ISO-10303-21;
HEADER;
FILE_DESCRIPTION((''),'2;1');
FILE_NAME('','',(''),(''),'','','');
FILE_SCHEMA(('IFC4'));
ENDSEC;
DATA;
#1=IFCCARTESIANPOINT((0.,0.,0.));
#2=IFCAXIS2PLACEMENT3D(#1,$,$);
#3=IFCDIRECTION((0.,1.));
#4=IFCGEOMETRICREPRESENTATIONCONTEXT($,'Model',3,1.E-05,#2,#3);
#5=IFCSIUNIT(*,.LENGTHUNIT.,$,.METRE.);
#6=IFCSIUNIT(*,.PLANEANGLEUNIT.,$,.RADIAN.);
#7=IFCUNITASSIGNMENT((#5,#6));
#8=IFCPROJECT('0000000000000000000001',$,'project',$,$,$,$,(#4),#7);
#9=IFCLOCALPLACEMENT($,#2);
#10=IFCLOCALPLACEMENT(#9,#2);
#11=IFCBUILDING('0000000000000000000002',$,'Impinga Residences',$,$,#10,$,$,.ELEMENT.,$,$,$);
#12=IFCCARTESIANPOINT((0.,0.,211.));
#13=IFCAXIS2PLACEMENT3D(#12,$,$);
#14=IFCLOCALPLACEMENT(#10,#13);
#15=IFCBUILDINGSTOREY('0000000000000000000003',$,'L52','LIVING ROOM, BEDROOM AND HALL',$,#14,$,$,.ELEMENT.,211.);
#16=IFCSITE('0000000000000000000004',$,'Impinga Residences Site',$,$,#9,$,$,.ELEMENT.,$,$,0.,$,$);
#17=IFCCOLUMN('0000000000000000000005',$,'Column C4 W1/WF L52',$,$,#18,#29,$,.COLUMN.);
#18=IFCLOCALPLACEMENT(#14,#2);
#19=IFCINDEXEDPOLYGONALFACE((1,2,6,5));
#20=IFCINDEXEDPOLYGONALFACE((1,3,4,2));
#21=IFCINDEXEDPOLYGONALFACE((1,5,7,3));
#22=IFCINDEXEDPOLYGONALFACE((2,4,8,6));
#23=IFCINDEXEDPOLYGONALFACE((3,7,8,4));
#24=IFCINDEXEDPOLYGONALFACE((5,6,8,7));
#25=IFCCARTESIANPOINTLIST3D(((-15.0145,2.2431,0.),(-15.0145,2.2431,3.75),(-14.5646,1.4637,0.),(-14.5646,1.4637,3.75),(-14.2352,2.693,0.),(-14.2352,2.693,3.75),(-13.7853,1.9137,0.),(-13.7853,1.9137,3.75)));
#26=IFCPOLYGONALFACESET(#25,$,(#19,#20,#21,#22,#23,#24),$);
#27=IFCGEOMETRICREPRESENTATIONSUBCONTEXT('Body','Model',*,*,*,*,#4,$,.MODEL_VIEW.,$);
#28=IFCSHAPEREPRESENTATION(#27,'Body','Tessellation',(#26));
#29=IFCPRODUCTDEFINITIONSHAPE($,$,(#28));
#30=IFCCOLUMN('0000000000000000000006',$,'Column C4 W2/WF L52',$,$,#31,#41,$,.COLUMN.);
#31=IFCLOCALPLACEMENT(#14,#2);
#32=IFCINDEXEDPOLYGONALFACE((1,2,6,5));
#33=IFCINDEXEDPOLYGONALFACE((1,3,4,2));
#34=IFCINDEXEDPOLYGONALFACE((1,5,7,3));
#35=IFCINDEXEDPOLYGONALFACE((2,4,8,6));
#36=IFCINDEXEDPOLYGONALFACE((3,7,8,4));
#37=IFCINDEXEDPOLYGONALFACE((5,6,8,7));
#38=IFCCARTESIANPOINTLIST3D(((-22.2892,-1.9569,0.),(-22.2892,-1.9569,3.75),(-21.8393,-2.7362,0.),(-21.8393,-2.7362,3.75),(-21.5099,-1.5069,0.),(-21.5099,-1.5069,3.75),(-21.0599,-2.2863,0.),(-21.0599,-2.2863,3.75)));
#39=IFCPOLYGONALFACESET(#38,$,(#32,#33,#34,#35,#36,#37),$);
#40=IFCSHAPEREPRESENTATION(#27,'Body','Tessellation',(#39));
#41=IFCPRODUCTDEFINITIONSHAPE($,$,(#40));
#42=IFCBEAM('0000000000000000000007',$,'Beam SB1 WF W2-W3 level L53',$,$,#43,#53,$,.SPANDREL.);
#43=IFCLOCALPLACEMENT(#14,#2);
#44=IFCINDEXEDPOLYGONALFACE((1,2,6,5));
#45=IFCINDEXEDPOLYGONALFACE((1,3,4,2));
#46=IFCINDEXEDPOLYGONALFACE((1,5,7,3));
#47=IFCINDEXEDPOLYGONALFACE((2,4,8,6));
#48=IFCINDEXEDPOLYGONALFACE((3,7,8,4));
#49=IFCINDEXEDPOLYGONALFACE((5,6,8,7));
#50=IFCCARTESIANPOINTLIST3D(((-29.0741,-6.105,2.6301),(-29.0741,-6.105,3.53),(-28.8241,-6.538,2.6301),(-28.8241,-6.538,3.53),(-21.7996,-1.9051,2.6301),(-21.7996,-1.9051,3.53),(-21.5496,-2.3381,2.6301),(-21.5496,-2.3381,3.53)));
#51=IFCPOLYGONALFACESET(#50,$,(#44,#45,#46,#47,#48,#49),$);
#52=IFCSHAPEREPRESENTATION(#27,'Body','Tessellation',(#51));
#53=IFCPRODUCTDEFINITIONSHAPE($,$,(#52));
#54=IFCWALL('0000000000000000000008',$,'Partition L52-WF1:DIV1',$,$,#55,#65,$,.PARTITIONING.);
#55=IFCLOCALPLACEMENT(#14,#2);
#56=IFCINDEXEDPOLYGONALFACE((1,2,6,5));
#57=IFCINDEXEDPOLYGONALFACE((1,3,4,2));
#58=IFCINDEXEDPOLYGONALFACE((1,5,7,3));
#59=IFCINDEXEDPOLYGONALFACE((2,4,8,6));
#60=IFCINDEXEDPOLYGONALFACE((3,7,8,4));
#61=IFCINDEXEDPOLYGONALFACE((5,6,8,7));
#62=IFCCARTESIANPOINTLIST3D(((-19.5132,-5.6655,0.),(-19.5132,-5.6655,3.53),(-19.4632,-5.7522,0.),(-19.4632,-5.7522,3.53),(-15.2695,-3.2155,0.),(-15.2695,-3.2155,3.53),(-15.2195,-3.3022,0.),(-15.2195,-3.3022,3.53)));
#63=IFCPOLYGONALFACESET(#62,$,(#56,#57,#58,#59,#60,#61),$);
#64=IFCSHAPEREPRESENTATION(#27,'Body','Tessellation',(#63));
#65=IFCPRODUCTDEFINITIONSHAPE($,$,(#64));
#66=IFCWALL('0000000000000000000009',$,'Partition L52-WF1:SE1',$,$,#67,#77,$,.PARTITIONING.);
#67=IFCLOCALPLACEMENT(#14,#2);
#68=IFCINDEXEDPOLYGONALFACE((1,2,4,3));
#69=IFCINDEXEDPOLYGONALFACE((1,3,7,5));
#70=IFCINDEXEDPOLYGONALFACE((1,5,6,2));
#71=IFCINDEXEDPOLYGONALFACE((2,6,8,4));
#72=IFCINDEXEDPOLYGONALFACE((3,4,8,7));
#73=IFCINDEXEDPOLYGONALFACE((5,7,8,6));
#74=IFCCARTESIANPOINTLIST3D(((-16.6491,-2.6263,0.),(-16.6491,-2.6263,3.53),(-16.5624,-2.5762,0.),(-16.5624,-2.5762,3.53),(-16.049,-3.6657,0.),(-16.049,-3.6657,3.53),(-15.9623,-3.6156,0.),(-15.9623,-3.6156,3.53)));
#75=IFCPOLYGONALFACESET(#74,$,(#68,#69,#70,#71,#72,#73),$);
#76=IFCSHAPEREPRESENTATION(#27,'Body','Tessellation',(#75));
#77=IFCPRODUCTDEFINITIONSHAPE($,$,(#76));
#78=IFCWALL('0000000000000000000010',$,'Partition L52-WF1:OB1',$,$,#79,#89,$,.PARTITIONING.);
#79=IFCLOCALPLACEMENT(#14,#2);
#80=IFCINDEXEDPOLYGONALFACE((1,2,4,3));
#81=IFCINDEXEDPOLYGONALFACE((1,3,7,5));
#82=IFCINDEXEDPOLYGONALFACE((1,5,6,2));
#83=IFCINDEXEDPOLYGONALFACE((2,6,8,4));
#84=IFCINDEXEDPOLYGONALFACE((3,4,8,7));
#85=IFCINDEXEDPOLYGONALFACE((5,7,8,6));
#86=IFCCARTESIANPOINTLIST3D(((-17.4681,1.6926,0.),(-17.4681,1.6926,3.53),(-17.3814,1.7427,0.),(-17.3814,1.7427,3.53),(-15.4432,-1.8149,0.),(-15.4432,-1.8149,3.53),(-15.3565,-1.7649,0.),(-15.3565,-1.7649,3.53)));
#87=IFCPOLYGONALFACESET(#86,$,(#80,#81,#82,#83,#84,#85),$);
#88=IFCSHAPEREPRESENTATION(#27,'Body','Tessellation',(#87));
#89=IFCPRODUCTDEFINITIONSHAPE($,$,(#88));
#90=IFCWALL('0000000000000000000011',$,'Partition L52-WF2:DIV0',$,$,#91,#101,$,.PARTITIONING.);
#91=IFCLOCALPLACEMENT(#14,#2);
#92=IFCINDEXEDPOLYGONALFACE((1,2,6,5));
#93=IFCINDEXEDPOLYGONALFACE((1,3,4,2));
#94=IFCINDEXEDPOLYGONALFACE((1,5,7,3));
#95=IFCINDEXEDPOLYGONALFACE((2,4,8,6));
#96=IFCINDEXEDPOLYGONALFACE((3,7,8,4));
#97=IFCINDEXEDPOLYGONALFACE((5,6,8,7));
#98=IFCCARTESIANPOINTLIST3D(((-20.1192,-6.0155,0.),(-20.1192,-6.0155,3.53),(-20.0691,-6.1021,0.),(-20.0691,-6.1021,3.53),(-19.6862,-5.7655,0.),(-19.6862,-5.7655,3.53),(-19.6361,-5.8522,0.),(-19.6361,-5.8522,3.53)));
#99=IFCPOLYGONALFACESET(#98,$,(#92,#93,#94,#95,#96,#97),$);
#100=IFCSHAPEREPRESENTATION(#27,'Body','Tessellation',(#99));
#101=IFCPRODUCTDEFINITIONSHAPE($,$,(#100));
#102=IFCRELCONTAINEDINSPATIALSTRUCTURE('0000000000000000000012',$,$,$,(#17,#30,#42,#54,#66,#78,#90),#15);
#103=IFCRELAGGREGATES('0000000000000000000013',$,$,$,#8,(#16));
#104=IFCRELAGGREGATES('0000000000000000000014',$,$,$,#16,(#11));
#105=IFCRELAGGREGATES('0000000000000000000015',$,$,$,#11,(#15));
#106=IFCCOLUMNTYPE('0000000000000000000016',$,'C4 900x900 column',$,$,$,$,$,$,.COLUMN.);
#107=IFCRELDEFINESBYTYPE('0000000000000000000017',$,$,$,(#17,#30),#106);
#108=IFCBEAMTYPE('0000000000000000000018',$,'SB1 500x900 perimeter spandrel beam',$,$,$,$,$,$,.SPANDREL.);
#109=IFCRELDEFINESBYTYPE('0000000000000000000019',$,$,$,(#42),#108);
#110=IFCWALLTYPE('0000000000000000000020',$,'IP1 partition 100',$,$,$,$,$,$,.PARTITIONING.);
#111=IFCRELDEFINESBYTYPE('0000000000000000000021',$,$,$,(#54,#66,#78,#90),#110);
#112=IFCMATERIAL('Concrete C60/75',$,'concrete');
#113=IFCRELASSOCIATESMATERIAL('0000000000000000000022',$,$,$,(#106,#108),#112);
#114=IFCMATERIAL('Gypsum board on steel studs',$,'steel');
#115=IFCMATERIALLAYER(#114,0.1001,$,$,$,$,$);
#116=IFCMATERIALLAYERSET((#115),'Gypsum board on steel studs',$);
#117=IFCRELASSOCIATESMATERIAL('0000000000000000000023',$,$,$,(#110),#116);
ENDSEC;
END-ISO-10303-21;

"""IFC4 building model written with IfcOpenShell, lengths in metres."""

from ifc_helpers import new_model, si_unit, direction, frame, frame_2d, origin, origin_2d, place, context, subcontext, project, spatial, rectangle, extrude, material, layer, layer_set, material_profile, profile_set, type_object, element, save


model = new_model("IFC4")

# Units and contexts
model_context = context("Model", 3, precision=1e-05, world=origin(), true_north=direction((0.0, 1.0)))
body_context = subcontext(model_context, "Body", "Model", "MODEL_VIEW")
ifc_project = project(units=[si_unit("LENGTHUNIT", "METRE"), si_unit("PLANEANGLEUNIT", "RADIAN")], contexts=[model_context])

# Site, building, storey
site_placement = place(None, origin())
site = spatial("IfcSite", under=ifc_project, at=site_placement, Name="Impinga Residences Site", CompositionType="ELEMENT", RefElevation=0.0)
building_placement = place(site_placement, origin())
building = spatial("IfcBuilding", under=site, at=building_placement, Name="Impinga Residences", CompositionType="ELEMENT")
storey_placement = place(building_placement, frame((0.0, 0.0, 211.0)))
storey = spatial("IfcBuildingStorey", under=building, at=storey_placement, Name="L52", Description="LIVING ROOM, BEDROOM AND HALL", CompositionType="ELEMENT", Elevation=211.0)

# Columns
ifc_material_1 = material(Name="Concrete C60/75", Category="concrete")
ifc_material_profile_1 = material_profile(ifc_material_1, rectangle(XDim=0.8999, YDim=0.8999, at=origin_2d()), Name="RC 900x900")
ifc_profile_set_1 = profile_set([ifc_material_profile_1], Name="Concrete C60/75")
column_type = type_object("IfcColumnType", Name="C4 900x900 column", PredefinedType="COLUMN", material=ifc_profile_set_1)
for number, where, z_axis, x_axis, name in (
    (1, (-14.3999, 2.0784, 0.0), (0.0, 0.0, 1.0), (-0.5, 0.866025, 0.0), "Column C4 W1/WF L52"),
    (2, (-21.6746, -2.1216, 0.0), (0.0, 0.0, 1.0), (-0.5, 0.866025, 0.0), "Column C4 W2/WF L52"),
):
    element("IfcColumn", number, at=place(storey_placement, frame(where, z_axis=z_axis, x_axis=x_axis)), inside=storey, type_object=column_type, Name=name, PredefinedType="COLUMN", context=body_context, shape_type="SweptSolid", body=[
        extrude(rectangle(XDim=0.8999, YDim=0.8999, at=origin_2d()), origin(), (0.0, 0.0, 1.0), 3.75),
    ])

# Beam
ifc_material_profile_2 = material_profile(ifc_material_1, rectangle(XDim=0.5, YDim=0.8999, at=origin_2d()), Name="RC 500x900")
ifc_profile_set_2 = profile_set([ifc_material_profile_2], Name="Concrete C60/75")
beam_type = type_object("IfcBeamType", Name="SB1 500x900 perimeter spandrel beam", PredefinedType="SPANDREL", material=ifc_profile_set_2)
beam_placement = place(storey_placement, frame((-21.6746, -2.1216, 3.0801), z_axis=(-0.866029, -0.499993, 0.0), x_axis=(0.499993, -0.866029, 0.0)))
element("IfcBeam", 3, at=beam_placement, inside=storey, type_object=beam_type, Name="Beam SB1 WF W2-W3 level L53", PredefinedType="SPANDREL", context=body_context, shape_type="SweptSolid", body=[
    extrude(rectangle(XDim=0.5, YDim=0.8999, at=origin_2d()), origin(), (0.0, 0.0, 1.0), 8.3999),
])

# Walls
ifc_material_2 = material(Name="Gypsum board on steel studs", Category="steel")
ifc_layer_1 = layer(ifc_material_2, 0.1001)
ifc_layer_set_1 = layer_set([ifc_layer_1], Name="Gypsum board on steel studs")
wall_type_1 = type_object("IfcWallType", Name="IP1 partition 100", PredefinedType="PARTITIONING", material=ifc_layer_set_1)
wall_1_placement = place(storey_placement, frame((-15.2444, -3.2588, 0.0), z_axis=(0.0, 0.0, 1.0), x_axis=(-0.866036, -0.499981, 0.0)))
element("IfcWall", 4, at=wall_1_placement, inside=storey, type_object=wall_type_1, Name="Partition L52-WF1:DIV1", PredefinedType="PARTITIONING", context=body_context, shape_type="SweptSolid", body=[
    extrude(rectangle(XDim=4.9001, YDim=0.1001, at=frame_2d((2.4502, 0.0))), origin(), (0.0, 0.0, 1.0), 3.53),
])
wall_2_placement = place(storey_placement, frame((-16.0056, -3.6406, 0.0), z_axis=(0.0, 0.0, 1.0), x_axis=(-0.500034, 0.866006, 0.0)))
element("IfcWall", 5, at=wall_2_placement, inside=storey, type_object=wall_type_1, Name="Partition L52-WF1:SE1", PredefinedType="PARTITIONING", context=body_context, shape_type="SweptSolid", body=[
    extrude(rectangle(XDim=1.2002, YDim=0.1001, at=frame_2d((0.6001, 0.0))), origin(), (0.0, 0.0, 1.0), 3.53),
])
wall_3_placement = place(storey_placement, frame((-15.3999, -1.7898, 0.0), z_axis=(0.0, 0.0, 1.0), x_axis=(-0.499964, 0.866046, 0.0)))
element("IfcWall", 6, at=wall_3_placement, inside=storey, type_object=wall_type_1, Name="Partition L52-WF1:OB1", PredefinedType="PARTITIONING", context=body_context, shape_type="SweptSolid", body=[
    extrude(rectangle(XDim=4.05, YDim=0.1001, at=frame_2d((2.0249, 0.0))), origin(), (0.0, 0.0, 1.0), 3.53),
])
wall_4_placement = place(storey_placement, frame((-19.6611, -5.8088, 0.0), z_axis=(0.0, 0.0, 1.0), x_axis=(-0.866072, -0.49992, 0.0)))
element("IfcWall", 7, at=wall_4_placement, inside=storey, type_object=wall_type_1, Name="Partition L52-WF2:DIV0", PredefinedType="PARTITIONING", context=body_context, shape_type="SweptSolid", body=[
    extrude(rectangle(XDim=0.5, YDim=0.1001, at=frame_2d((0.25, 0.0))), origin(), (0.0, 0.0, 1.0), 3.53),
])

save(model, "model.ifc")
